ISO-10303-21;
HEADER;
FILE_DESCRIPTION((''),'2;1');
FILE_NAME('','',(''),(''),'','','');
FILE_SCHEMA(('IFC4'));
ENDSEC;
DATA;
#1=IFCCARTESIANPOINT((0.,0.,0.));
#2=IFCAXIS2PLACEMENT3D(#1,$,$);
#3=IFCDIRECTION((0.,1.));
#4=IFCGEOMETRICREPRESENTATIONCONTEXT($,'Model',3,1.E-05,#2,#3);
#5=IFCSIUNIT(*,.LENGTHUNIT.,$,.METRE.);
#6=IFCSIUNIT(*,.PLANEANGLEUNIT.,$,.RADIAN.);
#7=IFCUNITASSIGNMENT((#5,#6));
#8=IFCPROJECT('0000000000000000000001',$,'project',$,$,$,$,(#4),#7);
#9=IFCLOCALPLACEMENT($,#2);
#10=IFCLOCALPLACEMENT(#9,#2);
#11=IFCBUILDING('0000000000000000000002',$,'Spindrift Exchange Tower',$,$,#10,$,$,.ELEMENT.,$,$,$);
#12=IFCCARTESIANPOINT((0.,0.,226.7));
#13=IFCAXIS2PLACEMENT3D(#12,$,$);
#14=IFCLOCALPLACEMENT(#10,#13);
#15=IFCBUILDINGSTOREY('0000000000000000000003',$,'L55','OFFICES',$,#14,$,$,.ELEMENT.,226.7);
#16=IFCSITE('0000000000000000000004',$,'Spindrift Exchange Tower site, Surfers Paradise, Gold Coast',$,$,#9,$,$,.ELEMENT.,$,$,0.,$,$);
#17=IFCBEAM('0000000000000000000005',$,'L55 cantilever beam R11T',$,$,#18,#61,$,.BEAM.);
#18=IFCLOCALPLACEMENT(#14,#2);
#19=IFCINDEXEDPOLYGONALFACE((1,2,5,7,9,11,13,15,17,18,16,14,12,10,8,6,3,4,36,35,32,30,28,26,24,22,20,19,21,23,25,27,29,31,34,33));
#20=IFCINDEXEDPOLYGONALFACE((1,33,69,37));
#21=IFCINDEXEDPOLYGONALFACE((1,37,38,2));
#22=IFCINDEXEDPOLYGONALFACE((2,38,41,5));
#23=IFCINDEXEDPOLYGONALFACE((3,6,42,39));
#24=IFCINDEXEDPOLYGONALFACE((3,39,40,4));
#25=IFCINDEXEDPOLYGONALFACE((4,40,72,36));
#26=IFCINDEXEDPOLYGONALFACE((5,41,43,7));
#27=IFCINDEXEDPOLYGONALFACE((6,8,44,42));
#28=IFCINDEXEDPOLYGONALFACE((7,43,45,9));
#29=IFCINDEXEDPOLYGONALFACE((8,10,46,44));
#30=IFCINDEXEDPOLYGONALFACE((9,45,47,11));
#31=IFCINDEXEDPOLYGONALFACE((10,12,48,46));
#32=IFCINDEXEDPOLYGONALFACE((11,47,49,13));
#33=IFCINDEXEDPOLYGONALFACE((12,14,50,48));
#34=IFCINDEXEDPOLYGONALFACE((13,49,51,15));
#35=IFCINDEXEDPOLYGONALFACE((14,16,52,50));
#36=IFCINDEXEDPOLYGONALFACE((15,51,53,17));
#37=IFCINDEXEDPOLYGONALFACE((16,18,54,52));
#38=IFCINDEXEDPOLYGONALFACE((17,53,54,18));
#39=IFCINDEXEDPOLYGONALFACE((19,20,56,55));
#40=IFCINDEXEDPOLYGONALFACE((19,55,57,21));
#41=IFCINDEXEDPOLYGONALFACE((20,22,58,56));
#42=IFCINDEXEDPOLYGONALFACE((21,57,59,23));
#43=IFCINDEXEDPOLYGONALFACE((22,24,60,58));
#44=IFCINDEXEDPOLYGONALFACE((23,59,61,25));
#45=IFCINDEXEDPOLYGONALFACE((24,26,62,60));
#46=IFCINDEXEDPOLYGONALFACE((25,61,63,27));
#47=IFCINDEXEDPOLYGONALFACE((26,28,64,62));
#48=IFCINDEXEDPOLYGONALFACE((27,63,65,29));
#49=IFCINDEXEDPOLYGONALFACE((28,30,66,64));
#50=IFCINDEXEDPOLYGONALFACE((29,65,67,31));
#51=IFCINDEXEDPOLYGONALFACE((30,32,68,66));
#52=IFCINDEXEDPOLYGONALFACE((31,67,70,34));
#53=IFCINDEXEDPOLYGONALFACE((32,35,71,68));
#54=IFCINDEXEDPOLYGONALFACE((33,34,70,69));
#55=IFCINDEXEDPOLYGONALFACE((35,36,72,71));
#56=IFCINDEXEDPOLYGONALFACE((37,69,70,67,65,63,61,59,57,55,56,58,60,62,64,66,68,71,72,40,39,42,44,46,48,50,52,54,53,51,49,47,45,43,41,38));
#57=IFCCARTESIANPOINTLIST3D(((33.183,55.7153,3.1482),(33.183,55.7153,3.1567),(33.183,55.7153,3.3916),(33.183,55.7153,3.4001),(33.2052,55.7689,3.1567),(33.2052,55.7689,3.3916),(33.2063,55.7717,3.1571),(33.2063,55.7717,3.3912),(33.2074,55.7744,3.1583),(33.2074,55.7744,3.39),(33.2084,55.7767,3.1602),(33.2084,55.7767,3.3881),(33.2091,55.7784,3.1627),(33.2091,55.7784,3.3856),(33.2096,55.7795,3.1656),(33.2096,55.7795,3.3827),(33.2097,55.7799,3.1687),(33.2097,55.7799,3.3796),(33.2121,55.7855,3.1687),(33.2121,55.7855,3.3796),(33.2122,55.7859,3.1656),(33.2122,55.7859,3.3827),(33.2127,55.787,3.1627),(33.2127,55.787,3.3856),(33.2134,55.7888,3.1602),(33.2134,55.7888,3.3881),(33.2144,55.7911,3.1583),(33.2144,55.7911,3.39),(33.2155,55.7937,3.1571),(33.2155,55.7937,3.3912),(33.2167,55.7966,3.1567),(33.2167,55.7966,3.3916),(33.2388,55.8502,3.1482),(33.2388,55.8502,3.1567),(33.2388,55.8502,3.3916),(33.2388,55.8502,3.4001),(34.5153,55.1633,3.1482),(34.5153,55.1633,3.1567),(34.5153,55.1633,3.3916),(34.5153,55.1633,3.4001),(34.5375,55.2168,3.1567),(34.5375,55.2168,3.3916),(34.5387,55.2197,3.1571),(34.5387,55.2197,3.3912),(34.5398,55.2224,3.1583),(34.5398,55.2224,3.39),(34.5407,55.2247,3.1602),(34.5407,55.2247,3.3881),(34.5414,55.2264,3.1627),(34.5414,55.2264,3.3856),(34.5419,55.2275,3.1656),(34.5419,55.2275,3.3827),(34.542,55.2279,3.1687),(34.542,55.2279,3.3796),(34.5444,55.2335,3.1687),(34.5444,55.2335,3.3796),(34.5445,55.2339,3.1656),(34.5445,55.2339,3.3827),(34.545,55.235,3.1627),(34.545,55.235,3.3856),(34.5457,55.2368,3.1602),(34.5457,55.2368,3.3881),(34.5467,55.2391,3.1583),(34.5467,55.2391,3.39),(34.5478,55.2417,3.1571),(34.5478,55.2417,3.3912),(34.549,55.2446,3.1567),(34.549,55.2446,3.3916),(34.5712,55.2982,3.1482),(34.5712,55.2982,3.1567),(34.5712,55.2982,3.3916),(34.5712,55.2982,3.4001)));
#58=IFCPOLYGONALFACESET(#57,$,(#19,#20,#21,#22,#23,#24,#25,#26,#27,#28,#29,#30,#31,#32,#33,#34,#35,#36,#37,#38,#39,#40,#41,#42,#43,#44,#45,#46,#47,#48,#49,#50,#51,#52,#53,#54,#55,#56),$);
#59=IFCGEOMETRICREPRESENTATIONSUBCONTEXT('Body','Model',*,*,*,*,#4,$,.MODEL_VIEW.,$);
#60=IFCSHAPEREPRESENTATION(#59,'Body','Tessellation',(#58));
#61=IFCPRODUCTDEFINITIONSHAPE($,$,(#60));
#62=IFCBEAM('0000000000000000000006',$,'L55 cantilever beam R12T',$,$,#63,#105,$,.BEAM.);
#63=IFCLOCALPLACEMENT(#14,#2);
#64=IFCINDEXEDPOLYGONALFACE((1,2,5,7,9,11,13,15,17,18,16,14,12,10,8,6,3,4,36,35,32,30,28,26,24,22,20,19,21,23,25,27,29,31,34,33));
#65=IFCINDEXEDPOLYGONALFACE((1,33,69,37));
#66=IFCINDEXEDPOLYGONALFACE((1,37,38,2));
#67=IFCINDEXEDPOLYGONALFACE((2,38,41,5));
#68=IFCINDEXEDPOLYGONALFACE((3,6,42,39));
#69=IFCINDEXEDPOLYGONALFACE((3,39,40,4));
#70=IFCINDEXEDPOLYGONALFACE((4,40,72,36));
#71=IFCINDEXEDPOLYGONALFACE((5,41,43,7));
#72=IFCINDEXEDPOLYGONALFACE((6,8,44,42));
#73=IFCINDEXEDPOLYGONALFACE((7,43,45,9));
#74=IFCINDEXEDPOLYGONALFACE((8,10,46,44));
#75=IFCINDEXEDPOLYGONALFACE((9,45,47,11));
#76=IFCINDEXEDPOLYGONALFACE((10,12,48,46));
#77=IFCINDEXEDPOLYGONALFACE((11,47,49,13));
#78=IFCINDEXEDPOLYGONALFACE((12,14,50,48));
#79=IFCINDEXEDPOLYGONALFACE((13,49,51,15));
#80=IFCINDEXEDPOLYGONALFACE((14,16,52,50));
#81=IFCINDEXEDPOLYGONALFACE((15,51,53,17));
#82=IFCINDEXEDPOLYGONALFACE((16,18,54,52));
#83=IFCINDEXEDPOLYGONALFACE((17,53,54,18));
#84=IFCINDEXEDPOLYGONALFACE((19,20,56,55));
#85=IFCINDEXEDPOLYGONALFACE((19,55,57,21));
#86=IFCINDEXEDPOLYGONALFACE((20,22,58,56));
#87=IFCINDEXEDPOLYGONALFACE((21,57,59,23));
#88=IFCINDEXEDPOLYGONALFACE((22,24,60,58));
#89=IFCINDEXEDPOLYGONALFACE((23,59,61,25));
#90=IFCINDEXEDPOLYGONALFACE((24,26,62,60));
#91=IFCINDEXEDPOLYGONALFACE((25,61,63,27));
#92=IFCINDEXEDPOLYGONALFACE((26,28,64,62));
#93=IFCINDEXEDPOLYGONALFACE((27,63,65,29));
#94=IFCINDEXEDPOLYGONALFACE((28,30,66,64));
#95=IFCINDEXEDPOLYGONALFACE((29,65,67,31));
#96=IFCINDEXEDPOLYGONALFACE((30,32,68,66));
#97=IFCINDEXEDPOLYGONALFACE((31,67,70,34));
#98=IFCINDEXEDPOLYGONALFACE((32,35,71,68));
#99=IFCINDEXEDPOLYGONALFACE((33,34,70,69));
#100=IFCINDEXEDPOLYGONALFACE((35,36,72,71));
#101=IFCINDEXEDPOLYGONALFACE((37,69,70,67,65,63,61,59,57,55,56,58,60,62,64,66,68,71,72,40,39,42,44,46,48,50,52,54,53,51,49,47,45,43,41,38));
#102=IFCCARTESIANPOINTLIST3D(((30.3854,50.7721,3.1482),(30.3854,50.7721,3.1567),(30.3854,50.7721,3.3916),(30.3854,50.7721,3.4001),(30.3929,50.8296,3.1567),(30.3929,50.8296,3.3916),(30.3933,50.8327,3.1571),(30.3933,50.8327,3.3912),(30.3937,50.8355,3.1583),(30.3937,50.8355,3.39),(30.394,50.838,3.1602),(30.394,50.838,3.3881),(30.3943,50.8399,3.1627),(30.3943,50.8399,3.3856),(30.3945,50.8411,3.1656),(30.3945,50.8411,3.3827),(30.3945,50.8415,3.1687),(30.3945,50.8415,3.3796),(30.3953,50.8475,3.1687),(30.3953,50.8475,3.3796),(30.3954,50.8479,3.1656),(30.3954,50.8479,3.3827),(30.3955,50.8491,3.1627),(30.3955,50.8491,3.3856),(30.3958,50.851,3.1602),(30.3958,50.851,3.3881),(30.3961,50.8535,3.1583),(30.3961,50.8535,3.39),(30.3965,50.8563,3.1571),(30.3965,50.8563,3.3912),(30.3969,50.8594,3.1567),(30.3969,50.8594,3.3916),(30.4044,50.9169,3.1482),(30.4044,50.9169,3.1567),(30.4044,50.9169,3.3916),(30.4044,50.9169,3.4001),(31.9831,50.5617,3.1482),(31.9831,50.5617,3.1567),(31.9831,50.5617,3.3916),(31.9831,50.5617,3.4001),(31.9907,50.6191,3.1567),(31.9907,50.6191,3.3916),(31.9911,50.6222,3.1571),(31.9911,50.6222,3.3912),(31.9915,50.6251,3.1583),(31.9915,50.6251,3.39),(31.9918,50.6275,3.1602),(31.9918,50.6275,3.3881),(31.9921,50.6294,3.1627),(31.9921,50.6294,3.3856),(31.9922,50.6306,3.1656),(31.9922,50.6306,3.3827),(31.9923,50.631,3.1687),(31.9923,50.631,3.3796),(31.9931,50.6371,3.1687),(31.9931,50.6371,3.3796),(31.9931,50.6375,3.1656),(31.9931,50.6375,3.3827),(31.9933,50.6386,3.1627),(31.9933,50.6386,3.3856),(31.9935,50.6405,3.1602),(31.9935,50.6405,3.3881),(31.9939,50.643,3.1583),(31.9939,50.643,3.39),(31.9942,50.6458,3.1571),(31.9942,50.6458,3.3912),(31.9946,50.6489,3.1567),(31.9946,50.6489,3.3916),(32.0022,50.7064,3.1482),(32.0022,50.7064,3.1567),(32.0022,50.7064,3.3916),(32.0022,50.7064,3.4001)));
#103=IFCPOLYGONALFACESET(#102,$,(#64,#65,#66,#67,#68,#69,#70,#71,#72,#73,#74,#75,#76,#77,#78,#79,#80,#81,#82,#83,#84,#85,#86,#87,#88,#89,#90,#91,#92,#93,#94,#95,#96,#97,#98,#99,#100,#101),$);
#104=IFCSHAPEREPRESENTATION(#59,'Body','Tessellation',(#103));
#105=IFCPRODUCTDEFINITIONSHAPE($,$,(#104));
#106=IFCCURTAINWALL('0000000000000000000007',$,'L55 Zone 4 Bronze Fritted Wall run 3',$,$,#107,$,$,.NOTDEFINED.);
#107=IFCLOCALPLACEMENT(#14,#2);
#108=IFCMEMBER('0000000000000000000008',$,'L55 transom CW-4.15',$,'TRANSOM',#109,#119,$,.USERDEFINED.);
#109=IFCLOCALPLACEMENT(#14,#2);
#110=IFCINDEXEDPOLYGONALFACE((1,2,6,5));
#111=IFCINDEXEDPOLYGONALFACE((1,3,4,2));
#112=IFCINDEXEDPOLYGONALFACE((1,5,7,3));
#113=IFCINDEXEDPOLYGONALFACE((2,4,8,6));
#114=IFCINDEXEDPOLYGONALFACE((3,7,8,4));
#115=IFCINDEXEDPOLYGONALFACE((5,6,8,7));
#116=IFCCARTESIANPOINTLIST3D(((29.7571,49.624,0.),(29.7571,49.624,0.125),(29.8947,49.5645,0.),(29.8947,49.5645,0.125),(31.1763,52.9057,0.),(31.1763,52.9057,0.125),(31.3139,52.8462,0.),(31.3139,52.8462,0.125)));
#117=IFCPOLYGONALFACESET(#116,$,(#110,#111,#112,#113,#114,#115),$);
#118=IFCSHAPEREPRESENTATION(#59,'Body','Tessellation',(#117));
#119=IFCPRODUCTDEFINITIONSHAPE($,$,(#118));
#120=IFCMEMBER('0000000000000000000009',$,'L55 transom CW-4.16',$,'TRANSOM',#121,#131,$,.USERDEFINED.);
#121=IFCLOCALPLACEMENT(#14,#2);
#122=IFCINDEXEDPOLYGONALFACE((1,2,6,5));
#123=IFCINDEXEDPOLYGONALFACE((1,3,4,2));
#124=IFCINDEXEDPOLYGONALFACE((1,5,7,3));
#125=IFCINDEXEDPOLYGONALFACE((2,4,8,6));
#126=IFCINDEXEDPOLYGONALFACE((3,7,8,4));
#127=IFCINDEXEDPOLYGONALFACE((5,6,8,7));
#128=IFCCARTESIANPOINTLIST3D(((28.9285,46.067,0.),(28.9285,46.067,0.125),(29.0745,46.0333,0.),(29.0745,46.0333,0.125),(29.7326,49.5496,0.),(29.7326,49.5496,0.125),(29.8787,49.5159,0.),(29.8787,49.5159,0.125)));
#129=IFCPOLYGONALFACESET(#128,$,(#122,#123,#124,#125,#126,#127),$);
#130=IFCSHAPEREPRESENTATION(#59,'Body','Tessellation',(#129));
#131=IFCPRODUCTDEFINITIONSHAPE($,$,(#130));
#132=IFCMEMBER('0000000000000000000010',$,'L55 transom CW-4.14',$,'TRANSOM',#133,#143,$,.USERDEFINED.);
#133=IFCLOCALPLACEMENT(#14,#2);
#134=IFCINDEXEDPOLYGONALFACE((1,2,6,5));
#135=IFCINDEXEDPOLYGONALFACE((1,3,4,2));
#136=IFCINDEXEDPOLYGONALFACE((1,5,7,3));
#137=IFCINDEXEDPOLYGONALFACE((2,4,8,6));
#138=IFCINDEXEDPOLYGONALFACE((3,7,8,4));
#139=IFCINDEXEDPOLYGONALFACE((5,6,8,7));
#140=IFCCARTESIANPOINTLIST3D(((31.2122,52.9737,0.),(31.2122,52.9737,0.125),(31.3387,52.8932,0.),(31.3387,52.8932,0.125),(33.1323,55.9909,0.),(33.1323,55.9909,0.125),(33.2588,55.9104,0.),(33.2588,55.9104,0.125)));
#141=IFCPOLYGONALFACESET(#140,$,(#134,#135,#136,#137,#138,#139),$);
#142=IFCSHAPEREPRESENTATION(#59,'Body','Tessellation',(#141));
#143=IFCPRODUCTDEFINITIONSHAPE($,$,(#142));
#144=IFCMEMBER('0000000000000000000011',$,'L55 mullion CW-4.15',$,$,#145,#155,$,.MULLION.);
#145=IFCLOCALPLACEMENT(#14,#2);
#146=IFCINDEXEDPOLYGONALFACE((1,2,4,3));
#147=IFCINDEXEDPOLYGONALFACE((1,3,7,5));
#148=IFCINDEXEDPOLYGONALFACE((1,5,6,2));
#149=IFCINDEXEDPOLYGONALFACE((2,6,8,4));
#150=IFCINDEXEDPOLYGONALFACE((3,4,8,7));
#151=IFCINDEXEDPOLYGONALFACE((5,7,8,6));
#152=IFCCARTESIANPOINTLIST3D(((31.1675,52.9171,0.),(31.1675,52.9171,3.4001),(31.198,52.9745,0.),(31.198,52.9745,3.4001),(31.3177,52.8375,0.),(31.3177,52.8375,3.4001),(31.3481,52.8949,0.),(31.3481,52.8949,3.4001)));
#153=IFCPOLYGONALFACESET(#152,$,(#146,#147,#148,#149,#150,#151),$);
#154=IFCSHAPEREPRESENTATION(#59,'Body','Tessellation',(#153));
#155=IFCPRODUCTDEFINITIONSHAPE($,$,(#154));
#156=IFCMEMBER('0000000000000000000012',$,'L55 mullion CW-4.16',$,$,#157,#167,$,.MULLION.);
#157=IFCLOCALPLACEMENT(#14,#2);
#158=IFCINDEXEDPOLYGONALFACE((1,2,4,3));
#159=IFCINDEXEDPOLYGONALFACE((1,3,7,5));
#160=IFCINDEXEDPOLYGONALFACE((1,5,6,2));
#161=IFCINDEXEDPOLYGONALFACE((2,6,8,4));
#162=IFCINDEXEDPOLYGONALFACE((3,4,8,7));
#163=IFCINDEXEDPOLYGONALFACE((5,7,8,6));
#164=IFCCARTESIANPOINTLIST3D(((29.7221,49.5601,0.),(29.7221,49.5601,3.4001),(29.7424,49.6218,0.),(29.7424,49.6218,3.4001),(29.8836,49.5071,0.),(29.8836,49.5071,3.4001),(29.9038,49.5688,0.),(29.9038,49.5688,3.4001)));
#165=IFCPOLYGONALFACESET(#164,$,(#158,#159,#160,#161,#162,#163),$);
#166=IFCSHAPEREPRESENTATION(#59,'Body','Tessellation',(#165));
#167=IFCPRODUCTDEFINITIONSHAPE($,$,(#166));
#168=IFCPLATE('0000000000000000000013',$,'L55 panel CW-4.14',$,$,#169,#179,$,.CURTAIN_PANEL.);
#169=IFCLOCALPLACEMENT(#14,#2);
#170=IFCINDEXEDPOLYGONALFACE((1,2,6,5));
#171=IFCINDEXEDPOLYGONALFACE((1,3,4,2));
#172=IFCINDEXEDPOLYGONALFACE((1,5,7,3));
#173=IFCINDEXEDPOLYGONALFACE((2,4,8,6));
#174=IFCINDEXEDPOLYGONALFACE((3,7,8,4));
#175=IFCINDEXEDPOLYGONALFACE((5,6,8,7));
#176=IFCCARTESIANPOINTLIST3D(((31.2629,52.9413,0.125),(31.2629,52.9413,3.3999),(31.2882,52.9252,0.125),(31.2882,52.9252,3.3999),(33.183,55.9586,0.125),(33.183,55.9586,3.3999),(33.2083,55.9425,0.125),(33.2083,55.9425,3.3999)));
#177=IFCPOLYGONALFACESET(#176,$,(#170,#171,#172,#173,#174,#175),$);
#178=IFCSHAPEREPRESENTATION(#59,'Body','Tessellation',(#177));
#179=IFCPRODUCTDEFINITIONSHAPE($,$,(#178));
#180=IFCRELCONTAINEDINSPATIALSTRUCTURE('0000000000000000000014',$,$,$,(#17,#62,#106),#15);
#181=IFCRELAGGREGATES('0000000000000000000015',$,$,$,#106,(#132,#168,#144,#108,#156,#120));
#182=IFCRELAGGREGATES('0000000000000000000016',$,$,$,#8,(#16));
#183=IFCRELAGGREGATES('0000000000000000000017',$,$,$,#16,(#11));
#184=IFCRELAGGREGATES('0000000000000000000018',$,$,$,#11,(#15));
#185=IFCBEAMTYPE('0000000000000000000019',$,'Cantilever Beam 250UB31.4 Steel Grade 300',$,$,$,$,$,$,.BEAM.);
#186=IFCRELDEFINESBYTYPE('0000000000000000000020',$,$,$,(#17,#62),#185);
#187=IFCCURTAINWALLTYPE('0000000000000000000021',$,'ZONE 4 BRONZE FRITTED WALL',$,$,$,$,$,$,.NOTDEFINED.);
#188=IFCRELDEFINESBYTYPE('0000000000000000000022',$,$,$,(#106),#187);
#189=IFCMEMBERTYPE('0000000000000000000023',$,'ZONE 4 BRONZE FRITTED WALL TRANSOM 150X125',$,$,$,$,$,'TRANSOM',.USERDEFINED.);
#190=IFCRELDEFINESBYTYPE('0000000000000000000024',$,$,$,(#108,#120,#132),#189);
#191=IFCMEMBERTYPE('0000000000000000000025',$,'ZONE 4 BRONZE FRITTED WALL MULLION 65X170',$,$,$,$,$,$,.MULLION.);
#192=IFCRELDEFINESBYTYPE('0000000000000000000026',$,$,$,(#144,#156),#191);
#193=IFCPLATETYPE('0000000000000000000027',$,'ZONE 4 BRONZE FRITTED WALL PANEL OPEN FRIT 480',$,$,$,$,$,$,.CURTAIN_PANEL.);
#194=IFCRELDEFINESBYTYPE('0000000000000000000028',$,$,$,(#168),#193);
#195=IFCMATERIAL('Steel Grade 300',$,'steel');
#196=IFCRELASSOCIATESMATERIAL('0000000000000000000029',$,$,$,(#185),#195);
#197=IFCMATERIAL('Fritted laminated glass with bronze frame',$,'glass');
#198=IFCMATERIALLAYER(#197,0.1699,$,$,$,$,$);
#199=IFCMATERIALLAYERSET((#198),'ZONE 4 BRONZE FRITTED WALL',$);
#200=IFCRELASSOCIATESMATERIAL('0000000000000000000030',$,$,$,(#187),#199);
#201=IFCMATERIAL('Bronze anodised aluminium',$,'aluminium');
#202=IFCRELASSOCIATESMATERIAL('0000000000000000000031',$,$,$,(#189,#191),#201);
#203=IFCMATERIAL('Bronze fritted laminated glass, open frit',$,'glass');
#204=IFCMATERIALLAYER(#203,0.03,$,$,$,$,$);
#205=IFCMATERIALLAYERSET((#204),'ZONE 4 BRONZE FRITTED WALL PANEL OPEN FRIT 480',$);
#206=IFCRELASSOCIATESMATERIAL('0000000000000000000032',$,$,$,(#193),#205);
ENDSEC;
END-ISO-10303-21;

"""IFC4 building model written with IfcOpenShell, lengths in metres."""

from ifc_helpers import new_model, si_unit, direction, frame, origin, origin_2d, place, context, subcontext, project, spatial, rectangle, i_section, extrude, source, transform, mapped, material, layer, layer_set, material_profile, profile_set, type_object, element, aggregate, save


model = new_model("IFC4")

# Units and contexts
model_context = context("Model", 3, precision=1e-05, world=origin(), true_north=direction((0.0, 1.0)))
body_context = subcontext(model_context, "Body", "Model", "MODEL_VIEW")
ifc_project = project(units=[si_unit("LENGTHUNIT", "METRE"), si_unit("PLANEANGLEUNIT", "RADIAN")], contexts=[model_context])

# Site, building, storey
site_placement = place(None, origin())
site = spatial("IfcSite", under=ifc_project, at=site_placement, Name="Spindrift Exchange Tower site, Surfers Paradise, Gold Coast", CompositionType="ELEMENT", RefElevation=0.0)
building_placement = place(site_placement, origin())
building = spatial("IfcBuilding", under=site, at=building_placement, Name="Spindrift Exchange Tower", CompositionType="ELEMENT")
storey_placement = place(building_placement, frame((0.0, 0.0, 226.7)))
storey = spatial("IfcBuildingStorey", under=building, at=storey_placement, Name="L55", Description="OFFICES", CompositionType="ELEMENT", Elevation=226.7)

# Beams
ifc_material_1 = material(Name="Steel Grade 300", Category="steel")
ifc_material_profile_1 = material_profile(ifc_material_1, i_section(OverallWidth=0.146, OverallDepth=0.252, WebThickness=0.0061, FlangeThickness=0.0085, FilletRadius=0.012, at=origin_2d()), Name="250UB31.4")
ifc_profile_set_1 = profile_set([ifc_material_profile_1], Name="Steel Grade 300")
beam_type_1 = type_object("IfcBeamType", Name="Cantilever Beam 250UB31.4 Steel Grade 300", PredefinedType="BEAM", material=ifc_profile_set_1)
shared_shape_1 = source(origin(), body_context, "Body", "SweptSolid", [
    extrude(i_section(OverallWidth=0.146, OverallDepth=0.252, WebThickness=0.0061, FlangeThickness=0.0085, FilletRadius=0.012, at=origin_2d()), origin(), (0.0, 0.0, 1.0), 1.4421),
])
beam_1_placement = place(storey_placement, frame((34.5432, 55.2307, 3.2742), z_axis=(-0.923841, 0.382775, 0.0), x_axis=(-0.382775, -0.923841, 0.0)))
element("IfcBeam", 1, at=beam_1_placement, inside=storey, type_object=beam_type_1, Name="L55 cantilever beam R11T", PredefinedType="BEAM", context=body_context, shape_type="MappedRepresentation", body=[
    mapped(shared_shape_1, transform((0.0, 0.0, 0.0), scale=1.0)),
])
shared_shape_2 = source(origin(), body_context, "Body", "SweptSolid", [
    extrude(i_section(OverallWidth=0.146, OverallDepth=0.252, WebThickness=0.0061, FlangeThickness=0.0085, FilletRadius=0.012, at=origin_2d()), origin(), (0.0, 0.0, 1.0), 1.6116),
])
beam_2_placement = place(storey_placement, frame((31.9927, 50.634, 3.2742), z_axis=(-0.991436, 0.130596, 0.0), x_axis=(-0.130596, -0.991436, 0.0)))
element("IfcBeam", 2, at=beam_2_placement, inside=storey, type_object=beam_type_1, Name="L55 cantilever beam R12T", PredefinedType="BEAM", context=body_context, shape_type="MappedRepresentation", body=[
    mapped(shared_shape_2, transform((0.0, 0.0, 0.0), scale=1.0)),
])

# Curtain wall, members, plate
ifc_material_2 = material(Name="Fritted laminated glass with bronze frame", Category="glass")
ifc_layer_1 = layer(ifc_material_2, 0.1699)
ifc_layer_set_1 = layer_set([ifc_layer_1], Name="ZONE 4 BRONZE FRITTED WALL")
curtain_wall_type = type_object("IfcCurtainWallType", Name="ZONE 4 BRONZE FRITTED WALL", PredefinedType="NOTDEFINED", material=ifc_layer_set_1)
curtain_wall_placement = place(storey_placement, origin())
curtain_wall = element("IfcCurtainWall", 3, at=curtain_wall_placement, inside=storey, type_object=curtain_wall_type, Name="L55 Zone 4 Bronze Fritted Wall run 3", PredefinedType="NOTDEFINED")
ifc_material_3 = material(Name="Bronze anodised aluminium", Category="aluminium")
ifc_material_profile_2 = material_profile(ifc_material_3, rectangle(XDim=0.1499, YDim=0.125, at=origin_2d()), Name="ZONE 4 BRONZE FRITTED WALL TRANSOM 150X125")
ifc_profile_set_2 = profile_set([ifc_material_profile_2], Name="Bronze anodised aluminium")
member_type_1 = type_object("IfcMemberType", Name="ZONE 4 BRONZE FRITTED WALL TRANSOM 150X125", ElementType="TRANSOM", PredefinedType="USERDEFINED", material=ifc_profile_set_2)
shared_shape_3 = source(origin(), body_context, "Body", "SweptSolid", [
    extrude(rectangle(XDim=0.1499, YDim=0.125, at=origin_2d()), origin(), (0.0, 0.0, 1.0), 3.5754),
])
member_1_placement = place(storey_placement, frame((31.2451, 52.876, 0.0625), z_axis=(-0.396925, -0.917851, 0.0), x_axis=(0.917851, -0.396925, 0.0)))
member_1 = element("IfcMember", 4, at=member_1_placement, type_object=member_type_1, Name="L55 transom CW-4.15", ObjectType="TRANSOM", PredefinedType="USERDEFINED", context=body_context, shape_type="MappedRepresentation", body=[
    mapped(shared_shape_3, transform((0.0, 0.0, 0.0), scale=1.0)),
])
shared_shape_4 = source(origin(), body_context, "Body", "SweptSolid", [
    extrude(rectangle(XDim=0.1499, YDim=0.125, at=origin_2d()), origin(), (0.0, 0.0, 1.0), 3.5742),
])
member_2_placement = place(storey_placement, frame((29.8057, 49.5327, 0.0625), z_axis=(-0.224994, -0.97436, 0.0), x_axis=(0.97436, -0.224994, 0.0)))
member_2 = element("IfcMember", 5, at=member_2_placement, type_object=member_type_1, Name="L55 transom CW-4.16", ObjectType="TRANSOM", PredefinedType="USERDEFINED", context=body_context, shape_type="MappedRepresentation", body=[
    mapped(shared_shape_4, transform((0.0, 0.0, 0.0), scale=1.0)),
])
shared_shape_5 = source(origin(), body_context, "Body", "SweptSolid", [
    extrude(rectangle(XDim=0.1499, YDim=0.125, at=origin_2d()), origin(), (0.0, 0.0, 1.0), 3.5764),
])
member_3_placement = place(storey_placement, frame((33.1956, 55.9507, 0.0625), z_axis=(-0.536884, -0.843656, 0.0), x_axis=(0.843656, -0.536884, 0.0)))
member_3 = element("IfcMember", 6, at=member_3_placement, type_object=member_type_1, Name="L55 transom CW-4.14", ObjectType="TRANSOM", PredefinedType="USERDEFINED", context=body_context, shape_type="MappedRepresentation", body=[
    mapped(shared_shape_5, transform((0.0, 0.0, 0.0), scale=1.0)),
])
ifc_material_profile_3 = material_profile(ifc_material_3, rectangle(XDim=0.0649, YDim=0.1699, at=origin_2d()), Name="ZONE 4 BRONZE FRITTED WALL MULLION 65X170")
ifc_profile_set_3 = profile_set([ifc_material_profile_3], Name="Bronze anodised aluminium")
member_type_2 = type_object("IfcMemberType", Name="ZONE 4 BRONZE FRITTED WALL MULLION 65X170", PredefinedType="MULLION", material=ifc_profile_set_3)
shared_shape_6 = source(origin(), body_context, "Body", "SweptSolid", [
    extrude(rectangle(XDim=0.0649, YDim=0.1699, at=origin_2d()), origin(), (0.0, 0.0, 1.0), 3.4001),
])
member_4_placement = place(storey_placement, frame((31.2578, 52.906, 0.0), z_axis=(0.0, 0.0, 1.0), x_axis=(-0.468363, -0.883536, 0.0)))
member_4 = element("IfcMember", 7, at=member_4_placement, type_object=member_type_2, Name="L55 mullion CW-4.15", PredefinedType="MULLION", context=body_context, shape_type="MappedRepresentation", body=[
    mapped(shared_shape_6, transform((0.0, 0.0, 0.0), scale=1.0)),
])
member_5_placement = place(storey_placement, frame((29.813, 49.5645, 0.0), z_axis=(0.0, 0.0, 1.0), x_axis=(-0.312237, -0.950004, 0.0)))
member_5 = element("IfcMember", 8, at=member_5_placement, type_object=member_type_2, Name="L55 mullion CW-4.16", PredefinedType="MULLION", context=body_context, shape_type="MappedRepresentation", body=[
    mapped(shared_shape_6, transform((0.0, 0.0, 0.0), scale=1.0)),
])
ifc_material_4 = material(Name="Bronze fritted laminated glass, open frit", Category="glass")
ifc_layer_2 = layer(ifc_material_4, 0.03)
ifc_layer_set_2 = layer_set([ifc_layer_2], Name="ZONE 4 BRONZE FRITTED WALL PANEL OPEN FRIT 480")
plate_type = type_object("IfcPlateType", Name="ZONE 4 BRONZE FRITTED WALL PANEL OPEN FRIT 480", PredefinedType="CURTAIN_PANEL", material=ifc_layer_set_2)
shared_shape_7 = source(origin(), body_context, "Body", "SweptSolid", [
    extrude(rectangle(XDim=3.5764, YDim=0.03, at=origin_2d()), origin(), (0.0, 0.0, 1.0), 3.2749),
])
plate_1_placement = place(storey_placement, frame((32.2356, 54.4419, 0.125), z_axis=(0.0, 0.0, 1.0), x_axis=(-0.536887, -0.843654, 0.0)))
plate_1 = element("IfcPlate", 9, at=plate_1_placement, type_object=plate_type, Name="L55 panel CW-4.14", PredefinedType="CURTAIN_PANEL", context=body_context, shape_type="MappedRepresentation", body=[
    mapped(shared_shape_7, transform((0.0, 0.0, 0.0), scale=1.0)),
])
aggregate(curtain_wall, [member_3, plate_1, member_4, member_1, member_5, member_2])

save(model, "model.ifc")
